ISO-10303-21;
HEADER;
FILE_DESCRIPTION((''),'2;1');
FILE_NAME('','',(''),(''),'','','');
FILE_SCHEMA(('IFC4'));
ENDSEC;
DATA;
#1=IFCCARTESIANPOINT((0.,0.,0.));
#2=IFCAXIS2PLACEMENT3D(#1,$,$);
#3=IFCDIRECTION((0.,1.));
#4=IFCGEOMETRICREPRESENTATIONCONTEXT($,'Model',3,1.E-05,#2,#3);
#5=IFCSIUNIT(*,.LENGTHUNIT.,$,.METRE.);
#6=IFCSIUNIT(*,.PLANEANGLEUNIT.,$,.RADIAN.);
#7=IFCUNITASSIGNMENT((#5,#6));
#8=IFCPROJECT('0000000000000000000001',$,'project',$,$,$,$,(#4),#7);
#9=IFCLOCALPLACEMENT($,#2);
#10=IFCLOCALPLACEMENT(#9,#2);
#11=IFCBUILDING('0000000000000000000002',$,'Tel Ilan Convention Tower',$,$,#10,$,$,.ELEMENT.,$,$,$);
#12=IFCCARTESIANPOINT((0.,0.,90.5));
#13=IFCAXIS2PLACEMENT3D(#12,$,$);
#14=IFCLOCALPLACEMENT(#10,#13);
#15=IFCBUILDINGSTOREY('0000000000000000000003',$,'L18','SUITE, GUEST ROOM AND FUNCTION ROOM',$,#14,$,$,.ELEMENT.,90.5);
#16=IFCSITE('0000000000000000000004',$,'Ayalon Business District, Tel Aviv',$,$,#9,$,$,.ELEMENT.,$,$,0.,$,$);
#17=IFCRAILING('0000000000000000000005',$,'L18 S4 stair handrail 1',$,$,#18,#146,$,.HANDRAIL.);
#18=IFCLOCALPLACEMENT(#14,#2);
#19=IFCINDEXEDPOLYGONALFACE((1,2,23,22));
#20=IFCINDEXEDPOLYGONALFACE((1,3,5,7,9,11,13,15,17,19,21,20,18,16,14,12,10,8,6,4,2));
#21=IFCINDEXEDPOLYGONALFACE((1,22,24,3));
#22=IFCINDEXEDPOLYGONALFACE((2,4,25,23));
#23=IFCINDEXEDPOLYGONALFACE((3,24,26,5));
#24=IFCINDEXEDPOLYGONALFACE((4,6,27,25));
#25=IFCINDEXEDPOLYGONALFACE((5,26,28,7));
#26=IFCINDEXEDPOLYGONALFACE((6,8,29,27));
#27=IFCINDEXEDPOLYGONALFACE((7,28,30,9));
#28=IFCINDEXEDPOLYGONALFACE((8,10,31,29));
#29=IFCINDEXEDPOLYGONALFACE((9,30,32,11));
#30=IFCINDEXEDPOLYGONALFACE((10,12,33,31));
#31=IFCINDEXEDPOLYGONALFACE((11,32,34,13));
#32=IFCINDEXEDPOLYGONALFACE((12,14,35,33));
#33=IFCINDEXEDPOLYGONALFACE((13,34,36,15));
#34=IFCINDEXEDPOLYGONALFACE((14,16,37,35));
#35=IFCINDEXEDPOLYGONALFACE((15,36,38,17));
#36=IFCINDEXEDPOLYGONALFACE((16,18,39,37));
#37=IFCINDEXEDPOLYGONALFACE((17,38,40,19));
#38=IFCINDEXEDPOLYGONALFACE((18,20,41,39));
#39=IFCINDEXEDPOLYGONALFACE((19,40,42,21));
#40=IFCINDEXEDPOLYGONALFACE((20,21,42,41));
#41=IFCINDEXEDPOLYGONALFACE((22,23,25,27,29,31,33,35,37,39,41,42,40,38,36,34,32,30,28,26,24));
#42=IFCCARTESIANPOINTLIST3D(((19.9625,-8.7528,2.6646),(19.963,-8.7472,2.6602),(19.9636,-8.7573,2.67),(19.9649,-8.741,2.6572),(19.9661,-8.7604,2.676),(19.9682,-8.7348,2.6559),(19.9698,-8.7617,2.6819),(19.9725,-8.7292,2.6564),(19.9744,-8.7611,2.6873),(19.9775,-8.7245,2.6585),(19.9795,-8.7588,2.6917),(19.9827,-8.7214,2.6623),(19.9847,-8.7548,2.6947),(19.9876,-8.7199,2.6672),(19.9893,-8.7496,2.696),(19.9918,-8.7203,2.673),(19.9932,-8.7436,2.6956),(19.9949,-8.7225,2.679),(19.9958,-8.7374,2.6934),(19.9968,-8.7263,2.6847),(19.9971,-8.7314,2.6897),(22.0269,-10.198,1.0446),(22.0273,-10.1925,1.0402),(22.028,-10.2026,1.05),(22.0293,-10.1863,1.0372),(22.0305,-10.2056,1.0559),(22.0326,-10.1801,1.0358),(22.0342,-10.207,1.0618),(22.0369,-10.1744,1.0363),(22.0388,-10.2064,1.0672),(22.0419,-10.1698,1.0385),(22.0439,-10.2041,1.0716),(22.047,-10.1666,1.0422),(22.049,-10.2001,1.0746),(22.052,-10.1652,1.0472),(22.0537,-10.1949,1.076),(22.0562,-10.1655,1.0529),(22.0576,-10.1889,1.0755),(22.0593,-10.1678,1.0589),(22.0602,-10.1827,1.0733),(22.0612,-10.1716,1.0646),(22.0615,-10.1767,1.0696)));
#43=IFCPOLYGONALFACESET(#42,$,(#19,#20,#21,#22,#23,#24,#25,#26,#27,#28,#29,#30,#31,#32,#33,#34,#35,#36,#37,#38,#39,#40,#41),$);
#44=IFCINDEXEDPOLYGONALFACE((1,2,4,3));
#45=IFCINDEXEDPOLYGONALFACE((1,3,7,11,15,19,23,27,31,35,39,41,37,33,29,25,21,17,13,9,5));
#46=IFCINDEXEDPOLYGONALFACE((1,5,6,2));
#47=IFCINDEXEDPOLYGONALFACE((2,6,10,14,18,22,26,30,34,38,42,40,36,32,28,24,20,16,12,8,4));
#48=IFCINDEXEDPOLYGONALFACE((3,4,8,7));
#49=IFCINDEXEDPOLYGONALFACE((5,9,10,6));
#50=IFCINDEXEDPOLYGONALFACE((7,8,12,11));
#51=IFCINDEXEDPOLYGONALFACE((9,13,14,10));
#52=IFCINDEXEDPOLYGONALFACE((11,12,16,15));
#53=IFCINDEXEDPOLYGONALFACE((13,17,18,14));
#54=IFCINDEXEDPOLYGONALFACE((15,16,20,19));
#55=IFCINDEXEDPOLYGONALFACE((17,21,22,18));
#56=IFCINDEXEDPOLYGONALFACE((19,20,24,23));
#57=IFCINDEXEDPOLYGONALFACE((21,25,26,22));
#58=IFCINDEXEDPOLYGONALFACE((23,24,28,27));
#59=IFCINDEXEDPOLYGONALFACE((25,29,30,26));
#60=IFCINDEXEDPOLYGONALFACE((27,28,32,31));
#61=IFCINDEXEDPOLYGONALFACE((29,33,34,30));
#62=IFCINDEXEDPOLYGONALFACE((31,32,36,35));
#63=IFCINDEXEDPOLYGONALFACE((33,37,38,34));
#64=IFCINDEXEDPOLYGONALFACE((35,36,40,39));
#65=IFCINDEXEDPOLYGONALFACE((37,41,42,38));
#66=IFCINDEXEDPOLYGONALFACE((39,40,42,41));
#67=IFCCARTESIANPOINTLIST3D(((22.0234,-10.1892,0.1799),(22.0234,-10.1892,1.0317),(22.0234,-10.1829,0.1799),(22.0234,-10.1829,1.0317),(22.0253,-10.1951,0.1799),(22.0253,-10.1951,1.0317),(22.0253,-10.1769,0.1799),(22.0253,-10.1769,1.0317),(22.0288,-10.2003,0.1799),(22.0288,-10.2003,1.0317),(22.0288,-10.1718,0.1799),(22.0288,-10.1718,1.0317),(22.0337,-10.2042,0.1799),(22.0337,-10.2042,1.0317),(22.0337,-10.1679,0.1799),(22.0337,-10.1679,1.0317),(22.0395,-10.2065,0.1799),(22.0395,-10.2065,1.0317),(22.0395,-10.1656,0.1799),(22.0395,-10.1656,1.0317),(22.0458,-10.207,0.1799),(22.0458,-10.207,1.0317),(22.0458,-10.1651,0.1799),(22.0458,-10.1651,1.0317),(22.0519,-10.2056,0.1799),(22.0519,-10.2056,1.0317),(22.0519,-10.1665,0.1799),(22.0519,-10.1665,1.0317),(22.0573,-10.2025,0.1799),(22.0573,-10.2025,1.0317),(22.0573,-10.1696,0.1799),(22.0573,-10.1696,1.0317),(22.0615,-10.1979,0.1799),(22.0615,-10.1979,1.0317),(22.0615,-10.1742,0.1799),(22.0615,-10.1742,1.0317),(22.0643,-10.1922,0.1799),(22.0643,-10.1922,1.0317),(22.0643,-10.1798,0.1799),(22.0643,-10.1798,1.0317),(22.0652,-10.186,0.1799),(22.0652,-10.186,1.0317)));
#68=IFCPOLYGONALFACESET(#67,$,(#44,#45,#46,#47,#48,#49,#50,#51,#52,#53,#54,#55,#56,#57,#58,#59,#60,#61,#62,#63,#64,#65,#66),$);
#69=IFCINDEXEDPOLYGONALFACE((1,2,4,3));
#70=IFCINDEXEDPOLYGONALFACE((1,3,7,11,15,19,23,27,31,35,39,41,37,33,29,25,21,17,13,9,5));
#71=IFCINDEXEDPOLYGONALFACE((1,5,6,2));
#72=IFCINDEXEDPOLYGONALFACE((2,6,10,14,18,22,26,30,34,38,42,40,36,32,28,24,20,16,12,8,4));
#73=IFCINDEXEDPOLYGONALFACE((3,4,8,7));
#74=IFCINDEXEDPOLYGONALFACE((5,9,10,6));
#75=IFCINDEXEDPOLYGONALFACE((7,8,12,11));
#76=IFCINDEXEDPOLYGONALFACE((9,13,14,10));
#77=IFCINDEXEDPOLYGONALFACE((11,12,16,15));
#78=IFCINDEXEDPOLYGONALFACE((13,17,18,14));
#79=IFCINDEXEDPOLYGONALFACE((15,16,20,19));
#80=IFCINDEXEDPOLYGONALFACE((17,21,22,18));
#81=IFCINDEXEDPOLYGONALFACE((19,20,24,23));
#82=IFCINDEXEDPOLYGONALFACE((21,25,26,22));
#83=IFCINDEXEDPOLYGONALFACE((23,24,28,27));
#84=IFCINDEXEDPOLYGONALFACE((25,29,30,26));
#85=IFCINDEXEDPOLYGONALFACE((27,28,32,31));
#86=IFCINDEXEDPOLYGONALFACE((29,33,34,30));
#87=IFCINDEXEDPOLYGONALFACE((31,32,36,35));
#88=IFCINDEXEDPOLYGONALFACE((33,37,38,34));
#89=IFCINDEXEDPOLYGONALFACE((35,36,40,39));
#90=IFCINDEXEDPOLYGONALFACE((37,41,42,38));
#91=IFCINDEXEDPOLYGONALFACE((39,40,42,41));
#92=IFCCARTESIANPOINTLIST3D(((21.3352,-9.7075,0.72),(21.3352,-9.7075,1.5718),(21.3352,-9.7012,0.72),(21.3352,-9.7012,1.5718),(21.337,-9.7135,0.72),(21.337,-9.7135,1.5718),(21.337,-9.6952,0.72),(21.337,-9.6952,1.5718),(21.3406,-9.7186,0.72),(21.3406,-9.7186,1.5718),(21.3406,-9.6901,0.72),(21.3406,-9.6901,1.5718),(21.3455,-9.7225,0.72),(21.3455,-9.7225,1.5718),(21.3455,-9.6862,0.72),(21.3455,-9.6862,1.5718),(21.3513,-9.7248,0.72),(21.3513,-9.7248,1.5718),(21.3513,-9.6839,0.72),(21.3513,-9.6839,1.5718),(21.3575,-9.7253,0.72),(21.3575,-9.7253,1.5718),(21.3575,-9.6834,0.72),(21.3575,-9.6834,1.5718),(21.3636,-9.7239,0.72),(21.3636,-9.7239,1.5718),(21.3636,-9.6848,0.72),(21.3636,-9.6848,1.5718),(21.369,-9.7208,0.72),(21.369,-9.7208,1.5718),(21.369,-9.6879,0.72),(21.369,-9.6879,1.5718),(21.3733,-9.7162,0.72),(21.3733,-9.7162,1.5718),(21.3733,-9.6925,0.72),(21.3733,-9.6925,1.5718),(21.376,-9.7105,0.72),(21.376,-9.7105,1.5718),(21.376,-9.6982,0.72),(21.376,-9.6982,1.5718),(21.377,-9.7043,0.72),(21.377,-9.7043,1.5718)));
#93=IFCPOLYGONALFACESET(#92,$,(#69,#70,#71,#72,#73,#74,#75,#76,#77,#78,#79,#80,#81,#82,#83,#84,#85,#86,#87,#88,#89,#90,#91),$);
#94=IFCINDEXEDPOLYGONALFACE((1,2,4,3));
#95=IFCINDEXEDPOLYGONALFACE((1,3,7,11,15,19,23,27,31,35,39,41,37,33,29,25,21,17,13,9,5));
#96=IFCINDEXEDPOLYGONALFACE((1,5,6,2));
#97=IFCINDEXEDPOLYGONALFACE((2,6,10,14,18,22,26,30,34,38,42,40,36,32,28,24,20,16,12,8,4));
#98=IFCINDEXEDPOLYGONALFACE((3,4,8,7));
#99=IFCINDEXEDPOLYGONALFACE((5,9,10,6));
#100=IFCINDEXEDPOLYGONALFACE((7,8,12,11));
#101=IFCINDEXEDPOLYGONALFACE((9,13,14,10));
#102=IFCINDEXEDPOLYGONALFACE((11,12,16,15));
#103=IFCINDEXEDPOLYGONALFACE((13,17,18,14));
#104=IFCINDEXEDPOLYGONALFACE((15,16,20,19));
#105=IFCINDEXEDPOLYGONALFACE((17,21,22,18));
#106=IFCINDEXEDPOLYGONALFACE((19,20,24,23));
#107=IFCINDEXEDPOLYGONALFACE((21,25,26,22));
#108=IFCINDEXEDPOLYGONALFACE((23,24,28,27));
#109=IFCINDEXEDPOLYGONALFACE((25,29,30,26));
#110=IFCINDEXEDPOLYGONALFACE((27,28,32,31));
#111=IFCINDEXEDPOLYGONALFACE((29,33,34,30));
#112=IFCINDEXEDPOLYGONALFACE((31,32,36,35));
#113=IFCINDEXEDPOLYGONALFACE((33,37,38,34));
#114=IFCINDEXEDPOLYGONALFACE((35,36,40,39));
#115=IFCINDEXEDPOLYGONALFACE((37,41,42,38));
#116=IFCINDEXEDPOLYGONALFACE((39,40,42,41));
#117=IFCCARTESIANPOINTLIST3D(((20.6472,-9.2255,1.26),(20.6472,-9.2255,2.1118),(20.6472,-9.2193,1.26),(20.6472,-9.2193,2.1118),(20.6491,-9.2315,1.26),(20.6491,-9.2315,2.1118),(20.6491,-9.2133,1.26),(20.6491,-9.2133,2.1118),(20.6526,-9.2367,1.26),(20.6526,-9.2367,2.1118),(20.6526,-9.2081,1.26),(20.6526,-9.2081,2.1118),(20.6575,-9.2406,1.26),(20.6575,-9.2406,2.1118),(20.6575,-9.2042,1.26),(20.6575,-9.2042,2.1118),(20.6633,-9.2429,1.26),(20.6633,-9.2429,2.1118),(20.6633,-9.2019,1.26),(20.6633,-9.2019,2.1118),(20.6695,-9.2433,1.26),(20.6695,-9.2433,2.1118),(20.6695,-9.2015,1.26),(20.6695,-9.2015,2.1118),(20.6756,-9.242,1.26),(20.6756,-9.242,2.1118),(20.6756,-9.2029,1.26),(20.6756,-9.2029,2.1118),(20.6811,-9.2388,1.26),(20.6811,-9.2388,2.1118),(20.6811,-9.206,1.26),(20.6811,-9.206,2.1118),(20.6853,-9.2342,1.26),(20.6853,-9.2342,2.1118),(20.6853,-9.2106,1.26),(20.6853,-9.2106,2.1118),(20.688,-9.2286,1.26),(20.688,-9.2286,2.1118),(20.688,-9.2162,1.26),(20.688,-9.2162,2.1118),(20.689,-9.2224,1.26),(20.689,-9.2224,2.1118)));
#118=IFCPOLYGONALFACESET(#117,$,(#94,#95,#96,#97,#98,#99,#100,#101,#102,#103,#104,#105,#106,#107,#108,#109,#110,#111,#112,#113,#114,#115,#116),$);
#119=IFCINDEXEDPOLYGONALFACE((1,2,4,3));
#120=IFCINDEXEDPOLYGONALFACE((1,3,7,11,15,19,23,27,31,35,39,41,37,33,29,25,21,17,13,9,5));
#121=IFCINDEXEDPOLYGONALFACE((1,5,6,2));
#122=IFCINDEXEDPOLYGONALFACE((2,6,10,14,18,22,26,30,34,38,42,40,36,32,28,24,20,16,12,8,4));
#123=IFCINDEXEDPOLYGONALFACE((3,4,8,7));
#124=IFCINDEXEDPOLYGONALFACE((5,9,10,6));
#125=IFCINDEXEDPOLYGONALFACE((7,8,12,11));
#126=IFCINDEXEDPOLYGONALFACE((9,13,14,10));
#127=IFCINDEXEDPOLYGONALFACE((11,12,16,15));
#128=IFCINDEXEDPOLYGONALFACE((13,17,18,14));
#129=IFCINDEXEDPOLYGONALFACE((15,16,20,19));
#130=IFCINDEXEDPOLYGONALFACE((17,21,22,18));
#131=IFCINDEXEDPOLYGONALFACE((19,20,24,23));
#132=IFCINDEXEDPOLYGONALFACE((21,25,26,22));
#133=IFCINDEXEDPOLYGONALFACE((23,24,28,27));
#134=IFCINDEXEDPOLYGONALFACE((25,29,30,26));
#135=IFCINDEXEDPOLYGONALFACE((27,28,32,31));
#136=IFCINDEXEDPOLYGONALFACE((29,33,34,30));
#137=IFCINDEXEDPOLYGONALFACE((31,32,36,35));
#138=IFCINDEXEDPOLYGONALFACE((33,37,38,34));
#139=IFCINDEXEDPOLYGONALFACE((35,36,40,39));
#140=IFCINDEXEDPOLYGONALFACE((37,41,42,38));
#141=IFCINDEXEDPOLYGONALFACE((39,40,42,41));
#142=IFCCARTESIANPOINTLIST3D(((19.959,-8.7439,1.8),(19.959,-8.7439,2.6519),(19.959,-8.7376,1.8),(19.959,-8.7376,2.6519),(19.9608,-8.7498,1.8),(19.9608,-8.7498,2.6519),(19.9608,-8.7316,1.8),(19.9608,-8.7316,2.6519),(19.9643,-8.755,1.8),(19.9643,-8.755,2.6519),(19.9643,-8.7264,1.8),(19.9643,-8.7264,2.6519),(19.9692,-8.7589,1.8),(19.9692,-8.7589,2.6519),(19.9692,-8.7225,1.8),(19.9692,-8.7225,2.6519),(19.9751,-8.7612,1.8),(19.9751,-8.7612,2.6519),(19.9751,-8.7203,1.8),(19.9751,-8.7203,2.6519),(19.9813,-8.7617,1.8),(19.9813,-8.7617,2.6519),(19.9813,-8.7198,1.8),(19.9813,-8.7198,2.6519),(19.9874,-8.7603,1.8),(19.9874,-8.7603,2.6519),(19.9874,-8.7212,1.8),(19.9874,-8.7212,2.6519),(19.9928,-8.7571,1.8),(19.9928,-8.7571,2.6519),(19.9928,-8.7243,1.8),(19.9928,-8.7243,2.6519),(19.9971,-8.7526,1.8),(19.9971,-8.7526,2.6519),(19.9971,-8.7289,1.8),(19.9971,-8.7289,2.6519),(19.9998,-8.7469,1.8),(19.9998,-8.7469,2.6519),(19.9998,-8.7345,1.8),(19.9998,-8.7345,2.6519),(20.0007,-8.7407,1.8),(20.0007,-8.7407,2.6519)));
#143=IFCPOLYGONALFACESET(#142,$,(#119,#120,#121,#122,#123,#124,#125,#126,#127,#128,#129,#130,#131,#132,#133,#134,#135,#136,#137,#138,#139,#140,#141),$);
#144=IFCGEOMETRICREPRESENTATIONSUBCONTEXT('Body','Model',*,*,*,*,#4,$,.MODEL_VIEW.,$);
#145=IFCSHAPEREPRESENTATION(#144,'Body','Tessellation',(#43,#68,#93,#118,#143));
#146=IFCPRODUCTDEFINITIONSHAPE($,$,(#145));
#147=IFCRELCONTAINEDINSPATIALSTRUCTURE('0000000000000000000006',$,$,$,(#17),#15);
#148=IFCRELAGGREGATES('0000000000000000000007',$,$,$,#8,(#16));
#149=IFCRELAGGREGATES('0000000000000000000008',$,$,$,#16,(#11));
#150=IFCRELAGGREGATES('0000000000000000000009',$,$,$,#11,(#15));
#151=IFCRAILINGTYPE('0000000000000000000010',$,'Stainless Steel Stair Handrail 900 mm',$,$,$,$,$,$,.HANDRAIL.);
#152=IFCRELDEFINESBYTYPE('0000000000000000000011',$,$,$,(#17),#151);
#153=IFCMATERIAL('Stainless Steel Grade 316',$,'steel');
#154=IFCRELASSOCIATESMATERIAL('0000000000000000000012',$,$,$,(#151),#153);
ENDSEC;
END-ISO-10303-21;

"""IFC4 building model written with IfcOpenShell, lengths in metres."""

from ifc_helpers import new_model, si_unit, direction, frame, origin, origin_2d, place, context, subcontext, project, spatial, circle, extrude, material, type_object, element, save


model = new_model("IFC4")

# Units and contexts
model_context = context("Model", 3, precision=1e-05, world=origin(), true_north=direction((0.0, 1.0)))
body_context = subcontext(model_context, "Body", "Model", "MODEL_VIEW")
ifc_project = project(units=[si_unit("LENGTHUNIT", "METRE"), si_unit("PLANEANGLEUNIT", "RADIAN")], contexts=[model_context])

# Site, building, storey
site_placement = place(None, origin())
site = spatial("IfcSite", under=ifc_project, at=site_placement, Name="Ayalon Business District, Tel Aviv", CompositionType="ELEMENT", RefElevation=0.0)
building_placement = place(site_placement, origin())
building = spatial("IfcBuilding", under=site, at=building_placement, Name="Tel Ilan Convention Tower", CompositionType="ELEMENT")
storey_placement = place(building_placement, frame((0.0, 0.0, 90.5)))
storey = spatial("IfcBuildingStorey", under=building, at=storey_placement, Name="L18", Description="SUITE, GUEST ROOM AND FUNCTION ROOM", CompositionType="ELEMENT", Elevation=90.5)

# Railing
ifc_material_1 = material(Name="Stainless Steel Grade 316", Category="steel")
railing_type_1 = type_object("IfcRailingType", Name="Stainless Steel Stair Handrail 900 mm", PredefinedType="HANDRAIL", material=ifc_material_1)
railing_1_placement = place(storey_placement, frame((22.0442, -10.186, 0.1799)))
element("IfcRailing", 1, at=railing_1_placement, inside=storey, type_object=railing_type_1, Name="L18 S4 stair handrail 1", PredefinedType="HANDRAIL", context=body_context, shape_type="SweptSolid", body=[
    extrude(circle(Radius=0.0239, at=origin_2d()), frame((0.0, 0.0, 0.876), z_axis=(-0.689083, 0.482423, 0.54077), x_axis=(-0.573514, -0.819196, 0.0)), (0.0, 0.0, 1.0), 2.9958),
    extrude(circle(Radius=0.021, at=origin_2d()), origin(), (0.0, 0.0, 1.0), 0.8518),
    extrude(circle(Radius=0.021, at=origin_2d()), frame((-0.6882, 0.4817, 0.54)), (0.0, 0.0, 1.0), 0.8518),
    extrude(circle(Radius=0.021, at=origin_2d()), frame((-1.3762, 0.9636, 1.0801)), (0.0, 0.0, 1.0), 0.8518),
    extrude(circle(Radius=0.021, at=origin_2d()), frame((-2.0645, 1.4453, 1.6201)), (0.0, 0.0, 1.0), 0.8518),
])

save(model, "model.ifc")
